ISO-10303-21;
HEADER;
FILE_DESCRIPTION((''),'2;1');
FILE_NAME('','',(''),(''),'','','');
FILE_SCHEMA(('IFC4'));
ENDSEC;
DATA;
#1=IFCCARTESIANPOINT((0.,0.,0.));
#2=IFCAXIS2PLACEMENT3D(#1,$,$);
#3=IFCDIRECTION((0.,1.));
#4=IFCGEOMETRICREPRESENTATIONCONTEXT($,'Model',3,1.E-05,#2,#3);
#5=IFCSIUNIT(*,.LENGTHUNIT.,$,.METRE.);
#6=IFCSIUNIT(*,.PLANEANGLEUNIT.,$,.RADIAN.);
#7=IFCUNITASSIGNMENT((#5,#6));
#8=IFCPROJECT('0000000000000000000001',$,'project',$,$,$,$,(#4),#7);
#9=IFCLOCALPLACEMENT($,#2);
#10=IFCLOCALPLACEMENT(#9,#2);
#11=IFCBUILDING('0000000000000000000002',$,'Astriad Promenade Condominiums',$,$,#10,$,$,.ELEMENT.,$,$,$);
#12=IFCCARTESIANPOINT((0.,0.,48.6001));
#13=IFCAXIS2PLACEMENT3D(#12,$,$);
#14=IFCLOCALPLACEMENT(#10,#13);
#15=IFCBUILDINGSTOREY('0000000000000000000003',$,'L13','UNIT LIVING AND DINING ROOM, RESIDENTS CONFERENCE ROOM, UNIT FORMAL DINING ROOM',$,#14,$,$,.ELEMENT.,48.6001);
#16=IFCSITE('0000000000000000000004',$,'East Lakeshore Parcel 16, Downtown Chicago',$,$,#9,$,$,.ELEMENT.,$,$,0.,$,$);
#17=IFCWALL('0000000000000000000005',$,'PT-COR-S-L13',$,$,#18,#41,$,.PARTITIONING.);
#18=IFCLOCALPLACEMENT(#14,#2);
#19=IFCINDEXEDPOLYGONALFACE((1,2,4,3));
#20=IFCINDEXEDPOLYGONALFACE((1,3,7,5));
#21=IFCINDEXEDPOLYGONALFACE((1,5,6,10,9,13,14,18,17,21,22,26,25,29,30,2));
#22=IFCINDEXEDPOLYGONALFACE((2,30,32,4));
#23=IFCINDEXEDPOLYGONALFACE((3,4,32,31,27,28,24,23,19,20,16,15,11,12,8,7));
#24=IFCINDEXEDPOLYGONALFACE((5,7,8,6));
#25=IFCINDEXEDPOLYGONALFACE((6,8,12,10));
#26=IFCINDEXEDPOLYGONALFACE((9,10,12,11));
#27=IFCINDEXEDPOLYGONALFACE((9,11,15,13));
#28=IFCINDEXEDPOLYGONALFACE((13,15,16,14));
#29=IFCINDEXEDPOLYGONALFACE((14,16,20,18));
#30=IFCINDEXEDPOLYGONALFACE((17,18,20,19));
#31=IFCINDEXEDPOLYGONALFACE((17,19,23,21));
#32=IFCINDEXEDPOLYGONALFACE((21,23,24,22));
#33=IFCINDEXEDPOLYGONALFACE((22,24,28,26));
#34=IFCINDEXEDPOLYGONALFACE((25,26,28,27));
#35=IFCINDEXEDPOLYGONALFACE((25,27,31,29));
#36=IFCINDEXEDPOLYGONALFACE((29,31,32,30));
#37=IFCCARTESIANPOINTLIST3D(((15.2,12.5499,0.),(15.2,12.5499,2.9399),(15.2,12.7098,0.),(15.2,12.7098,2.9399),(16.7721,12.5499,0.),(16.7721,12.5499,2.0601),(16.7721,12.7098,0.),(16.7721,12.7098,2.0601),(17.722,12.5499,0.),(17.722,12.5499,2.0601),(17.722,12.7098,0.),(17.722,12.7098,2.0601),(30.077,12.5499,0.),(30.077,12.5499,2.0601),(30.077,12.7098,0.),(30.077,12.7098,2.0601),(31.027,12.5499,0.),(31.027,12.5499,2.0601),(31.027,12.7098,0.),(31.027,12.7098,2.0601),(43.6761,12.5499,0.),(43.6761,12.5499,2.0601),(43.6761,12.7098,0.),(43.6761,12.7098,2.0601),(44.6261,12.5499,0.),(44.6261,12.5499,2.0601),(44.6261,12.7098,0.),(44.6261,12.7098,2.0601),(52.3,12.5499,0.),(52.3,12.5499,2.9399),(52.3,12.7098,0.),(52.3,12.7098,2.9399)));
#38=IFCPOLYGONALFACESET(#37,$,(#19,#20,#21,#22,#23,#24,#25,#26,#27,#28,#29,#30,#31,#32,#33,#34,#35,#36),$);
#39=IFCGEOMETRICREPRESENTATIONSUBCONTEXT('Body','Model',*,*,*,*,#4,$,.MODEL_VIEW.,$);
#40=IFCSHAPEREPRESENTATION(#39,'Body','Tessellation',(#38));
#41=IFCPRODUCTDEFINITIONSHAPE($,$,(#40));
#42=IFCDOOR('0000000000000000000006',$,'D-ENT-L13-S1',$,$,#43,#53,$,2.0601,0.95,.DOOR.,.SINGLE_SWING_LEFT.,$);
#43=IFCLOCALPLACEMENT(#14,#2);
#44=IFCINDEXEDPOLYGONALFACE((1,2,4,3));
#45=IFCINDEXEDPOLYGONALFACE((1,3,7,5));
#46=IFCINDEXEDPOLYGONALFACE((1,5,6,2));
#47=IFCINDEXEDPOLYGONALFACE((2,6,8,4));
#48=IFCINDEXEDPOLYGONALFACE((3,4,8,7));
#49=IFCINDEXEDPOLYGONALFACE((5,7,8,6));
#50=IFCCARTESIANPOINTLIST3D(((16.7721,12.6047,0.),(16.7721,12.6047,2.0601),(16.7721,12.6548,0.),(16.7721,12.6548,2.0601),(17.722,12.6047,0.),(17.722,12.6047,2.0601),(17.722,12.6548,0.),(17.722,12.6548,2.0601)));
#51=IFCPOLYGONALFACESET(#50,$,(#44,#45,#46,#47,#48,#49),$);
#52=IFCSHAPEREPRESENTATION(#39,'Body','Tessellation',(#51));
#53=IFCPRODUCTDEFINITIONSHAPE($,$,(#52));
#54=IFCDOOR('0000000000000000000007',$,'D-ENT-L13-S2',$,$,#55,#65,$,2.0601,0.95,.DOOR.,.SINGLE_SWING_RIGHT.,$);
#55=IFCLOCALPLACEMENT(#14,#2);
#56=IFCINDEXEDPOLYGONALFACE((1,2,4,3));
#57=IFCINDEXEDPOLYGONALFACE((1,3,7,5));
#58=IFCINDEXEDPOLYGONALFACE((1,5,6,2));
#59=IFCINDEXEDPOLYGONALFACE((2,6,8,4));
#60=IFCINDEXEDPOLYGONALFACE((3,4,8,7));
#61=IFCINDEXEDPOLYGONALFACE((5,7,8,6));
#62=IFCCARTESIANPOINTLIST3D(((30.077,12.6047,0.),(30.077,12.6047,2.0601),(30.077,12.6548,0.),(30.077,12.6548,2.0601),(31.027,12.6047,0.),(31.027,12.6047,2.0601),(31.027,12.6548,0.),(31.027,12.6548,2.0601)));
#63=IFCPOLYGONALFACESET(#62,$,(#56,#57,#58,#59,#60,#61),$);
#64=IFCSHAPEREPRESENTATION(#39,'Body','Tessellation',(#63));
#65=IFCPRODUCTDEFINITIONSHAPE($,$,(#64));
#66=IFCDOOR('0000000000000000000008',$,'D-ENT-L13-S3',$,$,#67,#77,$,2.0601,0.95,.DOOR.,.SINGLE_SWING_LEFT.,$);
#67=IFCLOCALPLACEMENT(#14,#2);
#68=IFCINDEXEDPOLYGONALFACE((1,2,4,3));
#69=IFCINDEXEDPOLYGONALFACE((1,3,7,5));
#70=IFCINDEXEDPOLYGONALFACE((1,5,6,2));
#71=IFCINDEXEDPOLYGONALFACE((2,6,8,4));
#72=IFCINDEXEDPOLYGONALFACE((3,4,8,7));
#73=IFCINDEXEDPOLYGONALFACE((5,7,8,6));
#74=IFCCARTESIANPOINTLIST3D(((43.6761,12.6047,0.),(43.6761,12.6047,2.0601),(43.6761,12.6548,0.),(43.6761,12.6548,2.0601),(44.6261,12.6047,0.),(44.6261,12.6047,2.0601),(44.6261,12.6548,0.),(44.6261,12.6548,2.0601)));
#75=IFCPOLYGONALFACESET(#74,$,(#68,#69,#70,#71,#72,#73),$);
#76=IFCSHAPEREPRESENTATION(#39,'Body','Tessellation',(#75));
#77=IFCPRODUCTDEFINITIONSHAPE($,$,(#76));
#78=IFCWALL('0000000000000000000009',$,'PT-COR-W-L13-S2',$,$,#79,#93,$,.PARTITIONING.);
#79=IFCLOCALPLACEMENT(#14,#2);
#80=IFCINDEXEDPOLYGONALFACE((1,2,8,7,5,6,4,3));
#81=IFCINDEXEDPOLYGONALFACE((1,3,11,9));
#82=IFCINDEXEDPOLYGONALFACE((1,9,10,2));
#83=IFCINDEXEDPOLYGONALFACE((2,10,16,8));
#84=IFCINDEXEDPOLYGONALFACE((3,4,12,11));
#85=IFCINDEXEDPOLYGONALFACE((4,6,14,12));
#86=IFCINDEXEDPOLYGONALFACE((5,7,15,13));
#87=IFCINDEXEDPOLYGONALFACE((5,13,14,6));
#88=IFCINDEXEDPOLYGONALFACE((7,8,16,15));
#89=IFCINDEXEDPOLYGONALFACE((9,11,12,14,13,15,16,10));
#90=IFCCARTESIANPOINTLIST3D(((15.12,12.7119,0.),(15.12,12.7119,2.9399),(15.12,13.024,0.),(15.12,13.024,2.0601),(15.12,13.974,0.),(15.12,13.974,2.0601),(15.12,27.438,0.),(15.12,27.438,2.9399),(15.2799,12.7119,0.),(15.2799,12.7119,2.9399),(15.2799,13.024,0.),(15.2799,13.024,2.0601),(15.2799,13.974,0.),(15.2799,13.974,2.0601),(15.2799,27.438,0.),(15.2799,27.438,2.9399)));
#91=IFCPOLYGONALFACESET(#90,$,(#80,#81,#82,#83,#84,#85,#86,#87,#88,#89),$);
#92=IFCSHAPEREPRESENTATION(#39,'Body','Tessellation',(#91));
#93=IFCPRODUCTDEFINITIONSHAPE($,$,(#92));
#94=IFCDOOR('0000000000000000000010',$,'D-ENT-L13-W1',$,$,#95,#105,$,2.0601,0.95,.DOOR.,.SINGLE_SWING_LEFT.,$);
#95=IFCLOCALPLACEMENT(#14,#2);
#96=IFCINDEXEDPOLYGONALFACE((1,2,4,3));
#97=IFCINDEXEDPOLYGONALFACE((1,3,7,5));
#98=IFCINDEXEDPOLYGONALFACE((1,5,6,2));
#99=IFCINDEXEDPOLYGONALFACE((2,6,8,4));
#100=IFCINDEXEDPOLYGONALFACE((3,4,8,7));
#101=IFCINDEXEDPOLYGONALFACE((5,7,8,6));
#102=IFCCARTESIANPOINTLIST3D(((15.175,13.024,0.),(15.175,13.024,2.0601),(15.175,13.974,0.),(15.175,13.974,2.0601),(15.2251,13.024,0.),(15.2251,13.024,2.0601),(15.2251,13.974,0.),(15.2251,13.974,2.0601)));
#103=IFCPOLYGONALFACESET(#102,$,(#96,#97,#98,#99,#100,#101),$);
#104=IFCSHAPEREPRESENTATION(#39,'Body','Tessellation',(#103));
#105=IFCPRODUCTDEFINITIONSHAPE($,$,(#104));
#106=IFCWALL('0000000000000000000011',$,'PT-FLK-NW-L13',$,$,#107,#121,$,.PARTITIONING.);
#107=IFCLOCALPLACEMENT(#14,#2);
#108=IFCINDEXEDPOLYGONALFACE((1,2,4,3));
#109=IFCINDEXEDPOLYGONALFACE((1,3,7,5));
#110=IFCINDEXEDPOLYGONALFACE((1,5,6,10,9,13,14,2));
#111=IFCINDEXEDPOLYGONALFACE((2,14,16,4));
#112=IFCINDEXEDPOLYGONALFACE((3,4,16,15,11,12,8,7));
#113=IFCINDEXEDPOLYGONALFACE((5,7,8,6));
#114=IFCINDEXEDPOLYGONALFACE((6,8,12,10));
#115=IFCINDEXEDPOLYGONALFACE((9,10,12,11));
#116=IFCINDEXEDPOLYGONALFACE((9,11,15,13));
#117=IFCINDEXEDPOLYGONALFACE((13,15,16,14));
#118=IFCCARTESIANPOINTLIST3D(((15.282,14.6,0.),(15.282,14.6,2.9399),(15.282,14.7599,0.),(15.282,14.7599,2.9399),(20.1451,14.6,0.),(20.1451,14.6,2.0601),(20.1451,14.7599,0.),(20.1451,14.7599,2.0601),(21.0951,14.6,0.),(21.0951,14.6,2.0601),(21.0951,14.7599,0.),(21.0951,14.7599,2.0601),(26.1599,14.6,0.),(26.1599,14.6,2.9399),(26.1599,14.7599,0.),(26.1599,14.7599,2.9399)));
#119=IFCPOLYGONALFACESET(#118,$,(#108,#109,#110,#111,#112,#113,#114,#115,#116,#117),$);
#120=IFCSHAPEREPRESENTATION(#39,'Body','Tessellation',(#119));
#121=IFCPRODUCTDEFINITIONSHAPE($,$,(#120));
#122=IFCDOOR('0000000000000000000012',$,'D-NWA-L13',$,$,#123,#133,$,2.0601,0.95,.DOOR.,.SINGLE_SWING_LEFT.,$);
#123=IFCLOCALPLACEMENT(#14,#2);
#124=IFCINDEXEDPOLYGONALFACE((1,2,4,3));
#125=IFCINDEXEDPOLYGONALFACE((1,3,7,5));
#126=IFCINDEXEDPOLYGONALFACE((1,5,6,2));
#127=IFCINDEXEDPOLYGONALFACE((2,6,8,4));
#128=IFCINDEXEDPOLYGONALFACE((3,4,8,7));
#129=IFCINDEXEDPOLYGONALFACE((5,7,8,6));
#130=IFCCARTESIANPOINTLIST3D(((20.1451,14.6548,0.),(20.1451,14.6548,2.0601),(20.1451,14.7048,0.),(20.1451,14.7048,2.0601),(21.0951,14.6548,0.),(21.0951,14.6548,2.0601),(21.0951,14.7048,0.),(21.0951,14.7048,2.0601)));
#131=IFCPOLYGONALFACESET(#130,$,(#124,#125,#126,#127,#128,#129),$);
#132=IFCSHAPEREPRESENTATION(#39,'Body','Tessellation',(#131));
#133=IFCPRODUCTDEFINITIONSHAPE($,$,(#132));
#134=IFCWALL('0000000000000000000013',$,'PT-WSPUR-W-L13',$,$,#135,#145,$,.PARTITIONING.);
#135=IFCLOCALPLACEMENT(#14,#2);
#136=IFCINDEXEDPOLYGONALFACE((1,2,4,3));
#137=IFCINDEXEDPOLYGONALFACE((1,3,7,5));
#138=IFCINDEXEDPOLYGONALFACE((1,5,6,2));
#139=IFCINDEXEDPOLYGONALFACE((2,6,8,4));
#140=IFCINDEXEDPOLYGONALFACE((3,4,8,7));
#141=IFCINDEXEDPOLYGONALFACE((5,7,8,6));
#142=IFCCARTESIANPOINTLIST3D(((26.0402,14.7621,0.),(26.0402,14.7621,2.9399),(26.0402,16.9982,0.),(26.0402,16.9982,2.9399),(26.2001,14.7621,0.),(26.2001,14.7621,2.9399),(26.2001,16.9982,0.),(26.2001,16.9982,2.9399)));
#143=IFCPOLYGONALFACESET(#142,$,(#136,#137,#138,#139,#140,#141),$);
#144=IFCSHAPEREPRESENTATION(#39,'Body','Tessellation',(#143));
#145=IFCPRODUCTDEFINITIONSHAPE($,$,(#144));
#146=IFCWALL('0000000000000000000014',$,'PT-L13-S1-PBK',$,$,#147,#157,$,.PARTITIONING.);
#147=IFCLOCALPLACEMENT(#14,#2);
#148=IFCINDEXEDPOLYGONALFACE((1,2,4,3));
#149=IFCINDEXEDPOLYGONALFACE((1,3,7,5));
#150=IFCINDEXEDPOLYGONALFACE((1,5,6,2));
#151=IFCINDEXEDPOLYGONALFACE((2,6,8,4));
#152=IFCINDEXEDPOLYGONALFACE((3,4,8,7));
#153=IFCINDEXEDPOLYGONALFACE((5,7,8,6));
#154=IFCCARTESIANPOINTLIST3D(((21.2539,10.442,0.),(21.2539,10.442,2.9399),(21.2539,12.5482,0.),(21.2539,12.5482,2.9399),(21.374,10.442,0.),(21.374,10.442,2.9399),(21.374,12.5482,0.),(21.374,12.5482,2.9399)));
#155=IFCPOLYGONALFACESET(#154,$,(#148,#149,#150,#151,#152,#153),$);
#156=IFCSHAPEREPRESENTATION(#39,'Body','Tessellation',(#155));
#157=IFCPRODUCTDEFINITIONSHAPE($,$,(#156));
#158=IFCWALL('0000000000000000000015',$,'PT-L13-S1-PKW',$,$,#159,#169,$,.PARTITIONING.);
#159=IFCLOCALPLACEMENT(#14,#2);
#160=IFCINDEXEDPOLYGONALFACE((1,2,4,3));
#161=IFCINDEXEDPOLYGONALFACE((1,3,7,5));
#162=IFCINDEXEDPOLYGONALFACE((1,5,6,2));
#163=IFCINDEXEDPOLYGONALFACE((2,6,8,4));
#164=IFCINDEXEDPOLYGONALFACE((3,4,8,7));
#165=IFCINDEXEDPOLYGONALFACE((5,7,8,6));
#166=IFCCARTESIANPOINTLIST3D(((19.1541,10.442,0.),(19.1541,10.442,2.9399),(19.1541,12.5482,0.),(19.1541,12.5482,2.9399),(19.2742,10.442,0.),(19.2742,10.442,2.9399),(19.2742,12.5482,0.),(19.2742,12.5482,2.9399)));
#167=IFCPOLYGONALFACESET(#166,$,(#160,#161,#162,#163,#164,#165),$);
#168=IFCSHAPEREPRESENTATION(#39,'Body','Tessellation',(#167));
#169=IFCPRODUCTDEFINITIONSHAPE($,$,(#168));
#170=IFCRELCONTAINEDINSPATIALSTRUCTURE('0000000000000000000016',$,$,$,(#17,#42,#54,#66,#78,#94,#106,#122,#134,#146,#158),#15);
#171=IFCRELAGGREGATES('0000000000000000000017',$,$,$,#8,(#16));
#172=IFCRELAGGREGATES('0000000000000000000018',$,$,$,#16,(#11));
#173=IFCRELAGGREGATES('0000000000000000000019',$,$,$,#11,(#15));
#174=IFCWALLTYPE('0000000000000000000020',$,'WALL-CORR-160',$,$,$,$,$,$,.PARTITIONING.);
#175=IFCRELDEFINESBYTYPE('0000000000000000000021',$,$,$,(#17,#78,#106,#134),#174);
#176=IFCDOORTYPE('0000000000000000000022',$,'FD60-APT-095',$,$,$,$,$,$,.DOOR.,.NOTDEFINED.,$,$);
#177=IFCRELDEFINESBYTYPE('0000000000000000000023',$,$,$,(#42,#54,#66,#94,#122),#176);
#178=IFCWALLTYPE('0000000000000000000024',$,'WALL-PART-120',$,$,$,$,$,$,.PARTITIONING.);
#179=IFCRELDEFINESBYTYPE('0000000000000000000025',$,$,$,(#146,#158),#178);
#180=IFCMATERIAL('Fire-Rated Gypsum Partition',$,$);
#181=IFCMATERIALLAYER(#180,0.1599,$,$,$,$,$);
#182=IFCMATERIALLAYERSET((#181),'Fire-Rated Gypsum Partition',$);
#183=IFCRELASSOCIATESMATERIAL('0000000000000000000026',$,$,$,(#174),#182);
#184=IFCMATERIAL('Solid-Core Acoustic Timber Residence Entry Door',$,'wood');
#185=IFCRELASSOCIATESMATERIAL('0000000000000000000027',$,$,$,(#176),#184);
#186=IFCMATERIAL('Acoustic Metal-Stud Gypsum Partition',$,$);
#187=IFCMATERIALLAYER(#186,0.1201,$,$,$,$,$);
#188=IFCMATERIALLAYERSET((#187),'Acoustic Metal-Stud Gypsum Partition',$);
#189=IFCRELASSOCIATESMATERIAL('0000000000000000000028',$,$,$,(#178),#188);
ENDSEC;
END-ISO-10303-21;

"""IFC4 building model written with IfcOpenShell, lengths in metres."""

from ifc_helpers import new_model, si_unit, direction, frame, frame_2d, origin, place, context, subcontext, project, spatial, rectangle, extrude, source, transform, mapped, material, layer, layer_set, type_object, type_shapes, element, fill, save


model = new_model("IFC4")

# Units and contexts
model_context = context("Model", 3, precision=1e-05, world=origin(), true_north=direction((0.0, 1.0)))
body_context = subcontext(model_context, "Body", "Model", "MODEL_VIEW")
ifc_project = project(units=[si_unit("LENGTHUNIT", "METRE"), si_unit("PLANEANGLEUNIT", "RADIAN")], contexts=[model_context])

# Site, building, storey
site_placement = place(None, origin())
site = spatial("IfcSite", under=ifc_project, at=site_placement, Name="East Lakeshore Parcel 16, Downtown Chicago", CompositionType="ELEMENT", RefElevation=0.0)
building_placement = place(site_placement, origin())
building = spatial("IfcBuilding", under=site, at=building_placement, Name="Astriad Promenade Condominiums", CompositionType="ELEMENT")
storey_placement = place(building_placement, frame((0.0, 0.0, 48.6001)))
storey = spatial("IfcBuildingStorey", under=building, at=storey_placement, Name="L13", Description="UNIT LIVING AND DINING ROOM, RESIDENTS CONFERENCE ROOM, UNIT FORMAL DINING ROOM", CompositionType="ELEMENT", Elevation=48.6001)

# Wall, openings, doors
ifc_material_1 = material(Name="Fire-Rated Gypsum Partition")
ifc_layer_1 = layer(ifc_material_1, 0.1599)
ifc_layer_set_1 = layer_set([ifc_layer_1], Name="Fire-Rated Gypsum Partition")
wall_type_1 = type_object("IfcWallType", Name="WALL-CORR-160", PredefinedType="PARTITIONING", material=ifc_layer_set_1)
wall_1_placement = place(storey_placement, frame((15.2, 12.6299, 0.0), z_axis=(0.0, 0.0, 1.0), x_axis=(1.0, 0.0, 0.0)))
wall_1 = element("IfcWall", 1, at=wall_1_placement, inside=storey, type_object=wall_type_1, Name="PT-COR-S-L13", PredefinedType="PARTITIONING", context=body_context, shape_type="SweptSolid", body=[
    extrude(rectangle(XDim=37.1001, YDim=0.1599, at=frame_2d((18.55, 0.0))), origin(), (0.0, 0.0, 1.0), 2.9399),
])
opening_1_placement = place(wall_1_placement, frame((1.572, 0.0, 0.0)))
opening_1 = element("IfcOpeningElement", 2, at=opening_1_placement, cuts=wall_1, PredefinedType="OPENING", context=body_context, shape_type="SweptSolid", body=[
    extrude(rectangle(XDim=0.95, YDim=2.0601, at=frame_2d((0.4751, 1.03))), frame((0.0, 0.0898, 0.0), z_axis=(0.0, -1.0, 0.0), x_axis=(1.0, 0.0, 0.0)), (0.0, 0.0, 1.0), 0.1799),
])
opening_2_placement = place(wall_1_placement, frame((14.877, 0.0, 0.0)))
opening_2 = element("IfcOpeningElement", 3, at=opening_2_placement, cuts=wall_1, PredefinedType="OPENING", context=body_context, shape_type="SweptSolid", body=[
    extrude(rectangle(XDim=0.95, YDim=2.0601, at=frame_2d((0.4751, 1.03))), frame((0.0, 0.0898, 0.0), z_axis=(0.0, -1.0, 0.0), x_axis=(1.0, 0.0, 0.0)), (0.0, 0.0, 1.0), 0.1799),
])
opening_3_placement = place(wall_1_placement, frame((28.4761, 0.0, 0.0)))
opening_3 = element("IfcOpeningElement", 4, at=opening_3_placement, cuts=wall_1, PredefinedType="OPENING", context=body_context, shape_type="SweptSolid", body=[
    extrude(rectangle(XDim=0.95, YDim=2.0601, at=frame_2d((0.4751, 1.03))), frame((0.0, 0.0898, 0.0), z_axis=(0.0, -1.0, 0.0), x_axis=(1.0, 0.0, 0.0)), (0.0, 0.0, 1.0), 0.1799),
])
ifc_material_2 = material(Name="Solid-Core Acoustic Timber Residence Entry Door", Category="wood")
door_type = type_object("IfcDoorType", Name="FD60-APT-095", OperationType="NOTDEFINED", PredefinedType="DOOR", material=ifc_material_2)
shared_shape_1 = source(origin(), body_context, "Body", "SweptSolid", [
    extrude(rectangle(XDim=0.95, YDim=2.0601, at=frame_2d((0.4751, 1.03))), frame((0.0, 0.0249, 0.0), z_axis=(0.0, -1.0, 0.0), x_axis=(1.0, 0.0, 0.0)), (0.0, 0.0, 1.0), 0.05),
])
type_shapes(door_type, [shared_shape_1])
door_1_placement = place(opening_1_placement, origin())
door_1 = element("IfcDoor", 5, at=door_1_placement, inside=storey, type_object=door_type, Name="D-ENT-L13-S1", OperationType="SINGLE_SWING_LEFT", OverallHeight=2.0601, OverallWidth=0.95, PredefinedType="DOOR", context=body_context, shape_type="MappedRepresentation", body=[
    mapped(shared_shape_1, transform((0.0, 0.0, 0.0), scale=1.0)),
])
fill(opening_1, door_1)
door_2_placement = place(opening_2_placement, origin())
door_2 = element("IfcDoor", 6, at=door_2_placement, inside=storey, type_object=door_type, Name="D-ENT-L13-S2", OperationType="SINGLE_SWING_RIGHT", OverallHeight=2.0601, OverallWidth=0.95, PredefinedType="DOOR", context=body_context, shape_type="MappedRepresentation", body=[
    mapped(shared_shape_1, transform((0.0, 0.0, 0.0), scale=1.0)),
])
fill(opening_2, door_2)
door_3_placement = place(opening_3_placement, origin())
door_3 = element("IfcDoor", 7, at=door_3_placement, inside=storey, type_object=door_type, Name="D-ENT-L13-S3", OperationType="SINGLE_SWING_LEFT", OverallHeight=2.0601, OverallWidth=0.95, PredefinedType="DOOR", context=body_context, shape_type="MappedRepresentation", body=[
    mapped(shared_shape_1, transform((0.0, 0.0, 0.0), scale=1.0)),
])
fill(opening_3, door_3)

# Walls, openings, doors
wall_2_placement = place(storey_placement, frame((15.2, 12.7119, 0.0), z_axis=(0.0, 0.0, 1.0), x_axis=(0.0, 1.0, 0.0)))
wall_2 = element("IfcWall", 8, at=wall_2_placement, inside=storey, type_object=wall_type_1, Name="PT-COR-W-L13-S2", PredefinedType="PARTITIONING", context=body_context, shape_type="SweptSolid", body=[
    extrude(rectangle(XDim=14.7261, YDim=0.1599, at=frame_2d((7.363, 0.0))), origin(), (0.0, 0.0, 1.0), 2.9399),
])
opening_4_placement = place(wall_2_placement, frame((0.312, 0.0, 0.0)))
opening_4 = element("IfcOpeningElement", 9, at=opening_4_placement, cuts=wall_2, PredefinedType="OPENING", context=body_context, shape_type="SweptSolid", body=[
    extrude(rectangle(XDim=0.95, YDim=2.0601, at=frame_2d((0.4751, 1.03))), frame((0.0, 0.0898, 0.0), z_axis=(0.0, -1.0, 0.0), x_axis=(1.0, 0.0, 0.0)), (0.0, 0.0, 1.0), 0.1799),
])
door_4_placement = place(opening_4_placement, origin())
door_4 = element("IfcDoor", 10, at=door_4_placement, inside=storey, type_object=door_type, Name="D-ENT-L13-W1", OperationType="SINGLE_SWING_LEFT", OverallHeight=2.0601, OverallWidth=0.95, PredefinedType="DOOR", context=body_context, shape_type="MappedRepresentation", body=[
    mapped(shared_shape_1, transform((0.0, 0.0, 0.0), scale=1.0)),
])
fill(opening_4, door_4)
wall_3_placement = place(storey_placement, frame((15.282, 14.6799, 0.0), z_axis=(0.0, 0.0, 1.0), x_axis=(1.0, 0.0, 0.0)))
wall_3 = element("IfcWall", 11, at=wall_3_placement, inside=storey, type_object=wall_type_1, Name="PT-FLK-NW-L13", PredefinedType="PARTITIONING", context=body_context, shape_type="SweptSolid", body=[
    extrude(rectangle(XDim=10.8779, YDim=0.1599, at=frame_2d((5.439, 0.0))), origin(), (0.0, 0.0, 1.0), 2.9399),
])
opening_5_placement = place(wall_3_placement, frame((4.863, 0.0, 0.0)))
opening_5 = element("IfcOpeningElement", 12, at=opening_5_placement, cuts=wall_3, PredefinedType="OPENING", context=body_context, shape_type="SweptSolid", body=[
    extrude(rectangle(XDim=0.95, YDim=2.0601, at=frame_2d((0.4751, 1.03))), frame((0.0, 0.0898, 0.0), z_axis=(0.0, -1.0, 0.0), x_axis=(1.0, 0.0, 0.0)), (0.0, 0.0, 1.0), 0.1799),
])
door_5_placement = place(opening_5_placement, origin())
door_5 = element("IfcDoor", 13, at=door_5_placement, inside=storey, type_object=door_type, Name="D-NWA-L13", OperationType="SINGLE_SWING_LEFT", OverallHeight=2.0601, OverallWidth=0.95, PredefinedType="DOOR", context=body_context, shape_type="MappedRepresentation", body=[
    mapped(shared_shape_1, transform((0.0, 0.0, 0.0), scale=1.0)),
])
fill(opening_5, door_5)

# Walls
wall_4_placement = place(storey_placement, frame((26.1201, 14.762, 0.0), z_axis=(0.0, 0.0, 1.0), x_axis=(0.0, 1.0, 0.0)))
element("IfcWall", 14, at=wall_4_placement, inside=storey, type_object=wall_type_1, Name="PT-WSPUR-W-L13", PredefinedType="PARTITIONING", context=body_context, shape_type="SweptSolid", body=[
    extrude(rectangle(XDim=2.2361, YDim=0.1599, at=frame_2d((1.1182, 0.0))), origin(), (0.0, 0.0, 1.0), 2.9399),
])
ifc_material_3 = material(Name="Acoustic Metal-Stud Gypsum Partition")
ifc_layer_2 = layer(ifc_material_3, 0.1201)
ifc_layer_set_2 = layer_set([ifc_layer_2], Name="Acoustic Metal-Stud Gypsum Partition")
wall_type_2 = type_object("IfcWallType", Name="WALL-PART-120", PredefinedType="PARTITIONING", material=ifc_layer_set_2)
for number, where, z_axis, x_axis, name in (
    (15, (21.314, 10.4419, 0.0), (0.0, 0.0, 1.0), (0.0, 1.0, 0.0), "PT-L13-S1-PBK"),
    (16, (19.2141, 10.4419, 0.0), (0.0, 0.0, 1.0), (0.0, 1.0, 0.0), "PT-L13-S1-PKW"),
):
    element("IfcWall", number, at=place(storey_placement, frame(where, z_axis=z_axis, x_axis=x_axis)), inside=storey, type_object=wall_type_2, Name=name, PredefinedType="PARTITIONING", context=body_context, shape_type="SweptSolid", body=[
        extrude(rectangle(XDim=2.1062, YDim=0.1201, at=frame_2d((1.0532, 0.0))), origin(), (0.0, 0.0, 1.0), 2.9399),
    ])

save(model, "model.ifc")
